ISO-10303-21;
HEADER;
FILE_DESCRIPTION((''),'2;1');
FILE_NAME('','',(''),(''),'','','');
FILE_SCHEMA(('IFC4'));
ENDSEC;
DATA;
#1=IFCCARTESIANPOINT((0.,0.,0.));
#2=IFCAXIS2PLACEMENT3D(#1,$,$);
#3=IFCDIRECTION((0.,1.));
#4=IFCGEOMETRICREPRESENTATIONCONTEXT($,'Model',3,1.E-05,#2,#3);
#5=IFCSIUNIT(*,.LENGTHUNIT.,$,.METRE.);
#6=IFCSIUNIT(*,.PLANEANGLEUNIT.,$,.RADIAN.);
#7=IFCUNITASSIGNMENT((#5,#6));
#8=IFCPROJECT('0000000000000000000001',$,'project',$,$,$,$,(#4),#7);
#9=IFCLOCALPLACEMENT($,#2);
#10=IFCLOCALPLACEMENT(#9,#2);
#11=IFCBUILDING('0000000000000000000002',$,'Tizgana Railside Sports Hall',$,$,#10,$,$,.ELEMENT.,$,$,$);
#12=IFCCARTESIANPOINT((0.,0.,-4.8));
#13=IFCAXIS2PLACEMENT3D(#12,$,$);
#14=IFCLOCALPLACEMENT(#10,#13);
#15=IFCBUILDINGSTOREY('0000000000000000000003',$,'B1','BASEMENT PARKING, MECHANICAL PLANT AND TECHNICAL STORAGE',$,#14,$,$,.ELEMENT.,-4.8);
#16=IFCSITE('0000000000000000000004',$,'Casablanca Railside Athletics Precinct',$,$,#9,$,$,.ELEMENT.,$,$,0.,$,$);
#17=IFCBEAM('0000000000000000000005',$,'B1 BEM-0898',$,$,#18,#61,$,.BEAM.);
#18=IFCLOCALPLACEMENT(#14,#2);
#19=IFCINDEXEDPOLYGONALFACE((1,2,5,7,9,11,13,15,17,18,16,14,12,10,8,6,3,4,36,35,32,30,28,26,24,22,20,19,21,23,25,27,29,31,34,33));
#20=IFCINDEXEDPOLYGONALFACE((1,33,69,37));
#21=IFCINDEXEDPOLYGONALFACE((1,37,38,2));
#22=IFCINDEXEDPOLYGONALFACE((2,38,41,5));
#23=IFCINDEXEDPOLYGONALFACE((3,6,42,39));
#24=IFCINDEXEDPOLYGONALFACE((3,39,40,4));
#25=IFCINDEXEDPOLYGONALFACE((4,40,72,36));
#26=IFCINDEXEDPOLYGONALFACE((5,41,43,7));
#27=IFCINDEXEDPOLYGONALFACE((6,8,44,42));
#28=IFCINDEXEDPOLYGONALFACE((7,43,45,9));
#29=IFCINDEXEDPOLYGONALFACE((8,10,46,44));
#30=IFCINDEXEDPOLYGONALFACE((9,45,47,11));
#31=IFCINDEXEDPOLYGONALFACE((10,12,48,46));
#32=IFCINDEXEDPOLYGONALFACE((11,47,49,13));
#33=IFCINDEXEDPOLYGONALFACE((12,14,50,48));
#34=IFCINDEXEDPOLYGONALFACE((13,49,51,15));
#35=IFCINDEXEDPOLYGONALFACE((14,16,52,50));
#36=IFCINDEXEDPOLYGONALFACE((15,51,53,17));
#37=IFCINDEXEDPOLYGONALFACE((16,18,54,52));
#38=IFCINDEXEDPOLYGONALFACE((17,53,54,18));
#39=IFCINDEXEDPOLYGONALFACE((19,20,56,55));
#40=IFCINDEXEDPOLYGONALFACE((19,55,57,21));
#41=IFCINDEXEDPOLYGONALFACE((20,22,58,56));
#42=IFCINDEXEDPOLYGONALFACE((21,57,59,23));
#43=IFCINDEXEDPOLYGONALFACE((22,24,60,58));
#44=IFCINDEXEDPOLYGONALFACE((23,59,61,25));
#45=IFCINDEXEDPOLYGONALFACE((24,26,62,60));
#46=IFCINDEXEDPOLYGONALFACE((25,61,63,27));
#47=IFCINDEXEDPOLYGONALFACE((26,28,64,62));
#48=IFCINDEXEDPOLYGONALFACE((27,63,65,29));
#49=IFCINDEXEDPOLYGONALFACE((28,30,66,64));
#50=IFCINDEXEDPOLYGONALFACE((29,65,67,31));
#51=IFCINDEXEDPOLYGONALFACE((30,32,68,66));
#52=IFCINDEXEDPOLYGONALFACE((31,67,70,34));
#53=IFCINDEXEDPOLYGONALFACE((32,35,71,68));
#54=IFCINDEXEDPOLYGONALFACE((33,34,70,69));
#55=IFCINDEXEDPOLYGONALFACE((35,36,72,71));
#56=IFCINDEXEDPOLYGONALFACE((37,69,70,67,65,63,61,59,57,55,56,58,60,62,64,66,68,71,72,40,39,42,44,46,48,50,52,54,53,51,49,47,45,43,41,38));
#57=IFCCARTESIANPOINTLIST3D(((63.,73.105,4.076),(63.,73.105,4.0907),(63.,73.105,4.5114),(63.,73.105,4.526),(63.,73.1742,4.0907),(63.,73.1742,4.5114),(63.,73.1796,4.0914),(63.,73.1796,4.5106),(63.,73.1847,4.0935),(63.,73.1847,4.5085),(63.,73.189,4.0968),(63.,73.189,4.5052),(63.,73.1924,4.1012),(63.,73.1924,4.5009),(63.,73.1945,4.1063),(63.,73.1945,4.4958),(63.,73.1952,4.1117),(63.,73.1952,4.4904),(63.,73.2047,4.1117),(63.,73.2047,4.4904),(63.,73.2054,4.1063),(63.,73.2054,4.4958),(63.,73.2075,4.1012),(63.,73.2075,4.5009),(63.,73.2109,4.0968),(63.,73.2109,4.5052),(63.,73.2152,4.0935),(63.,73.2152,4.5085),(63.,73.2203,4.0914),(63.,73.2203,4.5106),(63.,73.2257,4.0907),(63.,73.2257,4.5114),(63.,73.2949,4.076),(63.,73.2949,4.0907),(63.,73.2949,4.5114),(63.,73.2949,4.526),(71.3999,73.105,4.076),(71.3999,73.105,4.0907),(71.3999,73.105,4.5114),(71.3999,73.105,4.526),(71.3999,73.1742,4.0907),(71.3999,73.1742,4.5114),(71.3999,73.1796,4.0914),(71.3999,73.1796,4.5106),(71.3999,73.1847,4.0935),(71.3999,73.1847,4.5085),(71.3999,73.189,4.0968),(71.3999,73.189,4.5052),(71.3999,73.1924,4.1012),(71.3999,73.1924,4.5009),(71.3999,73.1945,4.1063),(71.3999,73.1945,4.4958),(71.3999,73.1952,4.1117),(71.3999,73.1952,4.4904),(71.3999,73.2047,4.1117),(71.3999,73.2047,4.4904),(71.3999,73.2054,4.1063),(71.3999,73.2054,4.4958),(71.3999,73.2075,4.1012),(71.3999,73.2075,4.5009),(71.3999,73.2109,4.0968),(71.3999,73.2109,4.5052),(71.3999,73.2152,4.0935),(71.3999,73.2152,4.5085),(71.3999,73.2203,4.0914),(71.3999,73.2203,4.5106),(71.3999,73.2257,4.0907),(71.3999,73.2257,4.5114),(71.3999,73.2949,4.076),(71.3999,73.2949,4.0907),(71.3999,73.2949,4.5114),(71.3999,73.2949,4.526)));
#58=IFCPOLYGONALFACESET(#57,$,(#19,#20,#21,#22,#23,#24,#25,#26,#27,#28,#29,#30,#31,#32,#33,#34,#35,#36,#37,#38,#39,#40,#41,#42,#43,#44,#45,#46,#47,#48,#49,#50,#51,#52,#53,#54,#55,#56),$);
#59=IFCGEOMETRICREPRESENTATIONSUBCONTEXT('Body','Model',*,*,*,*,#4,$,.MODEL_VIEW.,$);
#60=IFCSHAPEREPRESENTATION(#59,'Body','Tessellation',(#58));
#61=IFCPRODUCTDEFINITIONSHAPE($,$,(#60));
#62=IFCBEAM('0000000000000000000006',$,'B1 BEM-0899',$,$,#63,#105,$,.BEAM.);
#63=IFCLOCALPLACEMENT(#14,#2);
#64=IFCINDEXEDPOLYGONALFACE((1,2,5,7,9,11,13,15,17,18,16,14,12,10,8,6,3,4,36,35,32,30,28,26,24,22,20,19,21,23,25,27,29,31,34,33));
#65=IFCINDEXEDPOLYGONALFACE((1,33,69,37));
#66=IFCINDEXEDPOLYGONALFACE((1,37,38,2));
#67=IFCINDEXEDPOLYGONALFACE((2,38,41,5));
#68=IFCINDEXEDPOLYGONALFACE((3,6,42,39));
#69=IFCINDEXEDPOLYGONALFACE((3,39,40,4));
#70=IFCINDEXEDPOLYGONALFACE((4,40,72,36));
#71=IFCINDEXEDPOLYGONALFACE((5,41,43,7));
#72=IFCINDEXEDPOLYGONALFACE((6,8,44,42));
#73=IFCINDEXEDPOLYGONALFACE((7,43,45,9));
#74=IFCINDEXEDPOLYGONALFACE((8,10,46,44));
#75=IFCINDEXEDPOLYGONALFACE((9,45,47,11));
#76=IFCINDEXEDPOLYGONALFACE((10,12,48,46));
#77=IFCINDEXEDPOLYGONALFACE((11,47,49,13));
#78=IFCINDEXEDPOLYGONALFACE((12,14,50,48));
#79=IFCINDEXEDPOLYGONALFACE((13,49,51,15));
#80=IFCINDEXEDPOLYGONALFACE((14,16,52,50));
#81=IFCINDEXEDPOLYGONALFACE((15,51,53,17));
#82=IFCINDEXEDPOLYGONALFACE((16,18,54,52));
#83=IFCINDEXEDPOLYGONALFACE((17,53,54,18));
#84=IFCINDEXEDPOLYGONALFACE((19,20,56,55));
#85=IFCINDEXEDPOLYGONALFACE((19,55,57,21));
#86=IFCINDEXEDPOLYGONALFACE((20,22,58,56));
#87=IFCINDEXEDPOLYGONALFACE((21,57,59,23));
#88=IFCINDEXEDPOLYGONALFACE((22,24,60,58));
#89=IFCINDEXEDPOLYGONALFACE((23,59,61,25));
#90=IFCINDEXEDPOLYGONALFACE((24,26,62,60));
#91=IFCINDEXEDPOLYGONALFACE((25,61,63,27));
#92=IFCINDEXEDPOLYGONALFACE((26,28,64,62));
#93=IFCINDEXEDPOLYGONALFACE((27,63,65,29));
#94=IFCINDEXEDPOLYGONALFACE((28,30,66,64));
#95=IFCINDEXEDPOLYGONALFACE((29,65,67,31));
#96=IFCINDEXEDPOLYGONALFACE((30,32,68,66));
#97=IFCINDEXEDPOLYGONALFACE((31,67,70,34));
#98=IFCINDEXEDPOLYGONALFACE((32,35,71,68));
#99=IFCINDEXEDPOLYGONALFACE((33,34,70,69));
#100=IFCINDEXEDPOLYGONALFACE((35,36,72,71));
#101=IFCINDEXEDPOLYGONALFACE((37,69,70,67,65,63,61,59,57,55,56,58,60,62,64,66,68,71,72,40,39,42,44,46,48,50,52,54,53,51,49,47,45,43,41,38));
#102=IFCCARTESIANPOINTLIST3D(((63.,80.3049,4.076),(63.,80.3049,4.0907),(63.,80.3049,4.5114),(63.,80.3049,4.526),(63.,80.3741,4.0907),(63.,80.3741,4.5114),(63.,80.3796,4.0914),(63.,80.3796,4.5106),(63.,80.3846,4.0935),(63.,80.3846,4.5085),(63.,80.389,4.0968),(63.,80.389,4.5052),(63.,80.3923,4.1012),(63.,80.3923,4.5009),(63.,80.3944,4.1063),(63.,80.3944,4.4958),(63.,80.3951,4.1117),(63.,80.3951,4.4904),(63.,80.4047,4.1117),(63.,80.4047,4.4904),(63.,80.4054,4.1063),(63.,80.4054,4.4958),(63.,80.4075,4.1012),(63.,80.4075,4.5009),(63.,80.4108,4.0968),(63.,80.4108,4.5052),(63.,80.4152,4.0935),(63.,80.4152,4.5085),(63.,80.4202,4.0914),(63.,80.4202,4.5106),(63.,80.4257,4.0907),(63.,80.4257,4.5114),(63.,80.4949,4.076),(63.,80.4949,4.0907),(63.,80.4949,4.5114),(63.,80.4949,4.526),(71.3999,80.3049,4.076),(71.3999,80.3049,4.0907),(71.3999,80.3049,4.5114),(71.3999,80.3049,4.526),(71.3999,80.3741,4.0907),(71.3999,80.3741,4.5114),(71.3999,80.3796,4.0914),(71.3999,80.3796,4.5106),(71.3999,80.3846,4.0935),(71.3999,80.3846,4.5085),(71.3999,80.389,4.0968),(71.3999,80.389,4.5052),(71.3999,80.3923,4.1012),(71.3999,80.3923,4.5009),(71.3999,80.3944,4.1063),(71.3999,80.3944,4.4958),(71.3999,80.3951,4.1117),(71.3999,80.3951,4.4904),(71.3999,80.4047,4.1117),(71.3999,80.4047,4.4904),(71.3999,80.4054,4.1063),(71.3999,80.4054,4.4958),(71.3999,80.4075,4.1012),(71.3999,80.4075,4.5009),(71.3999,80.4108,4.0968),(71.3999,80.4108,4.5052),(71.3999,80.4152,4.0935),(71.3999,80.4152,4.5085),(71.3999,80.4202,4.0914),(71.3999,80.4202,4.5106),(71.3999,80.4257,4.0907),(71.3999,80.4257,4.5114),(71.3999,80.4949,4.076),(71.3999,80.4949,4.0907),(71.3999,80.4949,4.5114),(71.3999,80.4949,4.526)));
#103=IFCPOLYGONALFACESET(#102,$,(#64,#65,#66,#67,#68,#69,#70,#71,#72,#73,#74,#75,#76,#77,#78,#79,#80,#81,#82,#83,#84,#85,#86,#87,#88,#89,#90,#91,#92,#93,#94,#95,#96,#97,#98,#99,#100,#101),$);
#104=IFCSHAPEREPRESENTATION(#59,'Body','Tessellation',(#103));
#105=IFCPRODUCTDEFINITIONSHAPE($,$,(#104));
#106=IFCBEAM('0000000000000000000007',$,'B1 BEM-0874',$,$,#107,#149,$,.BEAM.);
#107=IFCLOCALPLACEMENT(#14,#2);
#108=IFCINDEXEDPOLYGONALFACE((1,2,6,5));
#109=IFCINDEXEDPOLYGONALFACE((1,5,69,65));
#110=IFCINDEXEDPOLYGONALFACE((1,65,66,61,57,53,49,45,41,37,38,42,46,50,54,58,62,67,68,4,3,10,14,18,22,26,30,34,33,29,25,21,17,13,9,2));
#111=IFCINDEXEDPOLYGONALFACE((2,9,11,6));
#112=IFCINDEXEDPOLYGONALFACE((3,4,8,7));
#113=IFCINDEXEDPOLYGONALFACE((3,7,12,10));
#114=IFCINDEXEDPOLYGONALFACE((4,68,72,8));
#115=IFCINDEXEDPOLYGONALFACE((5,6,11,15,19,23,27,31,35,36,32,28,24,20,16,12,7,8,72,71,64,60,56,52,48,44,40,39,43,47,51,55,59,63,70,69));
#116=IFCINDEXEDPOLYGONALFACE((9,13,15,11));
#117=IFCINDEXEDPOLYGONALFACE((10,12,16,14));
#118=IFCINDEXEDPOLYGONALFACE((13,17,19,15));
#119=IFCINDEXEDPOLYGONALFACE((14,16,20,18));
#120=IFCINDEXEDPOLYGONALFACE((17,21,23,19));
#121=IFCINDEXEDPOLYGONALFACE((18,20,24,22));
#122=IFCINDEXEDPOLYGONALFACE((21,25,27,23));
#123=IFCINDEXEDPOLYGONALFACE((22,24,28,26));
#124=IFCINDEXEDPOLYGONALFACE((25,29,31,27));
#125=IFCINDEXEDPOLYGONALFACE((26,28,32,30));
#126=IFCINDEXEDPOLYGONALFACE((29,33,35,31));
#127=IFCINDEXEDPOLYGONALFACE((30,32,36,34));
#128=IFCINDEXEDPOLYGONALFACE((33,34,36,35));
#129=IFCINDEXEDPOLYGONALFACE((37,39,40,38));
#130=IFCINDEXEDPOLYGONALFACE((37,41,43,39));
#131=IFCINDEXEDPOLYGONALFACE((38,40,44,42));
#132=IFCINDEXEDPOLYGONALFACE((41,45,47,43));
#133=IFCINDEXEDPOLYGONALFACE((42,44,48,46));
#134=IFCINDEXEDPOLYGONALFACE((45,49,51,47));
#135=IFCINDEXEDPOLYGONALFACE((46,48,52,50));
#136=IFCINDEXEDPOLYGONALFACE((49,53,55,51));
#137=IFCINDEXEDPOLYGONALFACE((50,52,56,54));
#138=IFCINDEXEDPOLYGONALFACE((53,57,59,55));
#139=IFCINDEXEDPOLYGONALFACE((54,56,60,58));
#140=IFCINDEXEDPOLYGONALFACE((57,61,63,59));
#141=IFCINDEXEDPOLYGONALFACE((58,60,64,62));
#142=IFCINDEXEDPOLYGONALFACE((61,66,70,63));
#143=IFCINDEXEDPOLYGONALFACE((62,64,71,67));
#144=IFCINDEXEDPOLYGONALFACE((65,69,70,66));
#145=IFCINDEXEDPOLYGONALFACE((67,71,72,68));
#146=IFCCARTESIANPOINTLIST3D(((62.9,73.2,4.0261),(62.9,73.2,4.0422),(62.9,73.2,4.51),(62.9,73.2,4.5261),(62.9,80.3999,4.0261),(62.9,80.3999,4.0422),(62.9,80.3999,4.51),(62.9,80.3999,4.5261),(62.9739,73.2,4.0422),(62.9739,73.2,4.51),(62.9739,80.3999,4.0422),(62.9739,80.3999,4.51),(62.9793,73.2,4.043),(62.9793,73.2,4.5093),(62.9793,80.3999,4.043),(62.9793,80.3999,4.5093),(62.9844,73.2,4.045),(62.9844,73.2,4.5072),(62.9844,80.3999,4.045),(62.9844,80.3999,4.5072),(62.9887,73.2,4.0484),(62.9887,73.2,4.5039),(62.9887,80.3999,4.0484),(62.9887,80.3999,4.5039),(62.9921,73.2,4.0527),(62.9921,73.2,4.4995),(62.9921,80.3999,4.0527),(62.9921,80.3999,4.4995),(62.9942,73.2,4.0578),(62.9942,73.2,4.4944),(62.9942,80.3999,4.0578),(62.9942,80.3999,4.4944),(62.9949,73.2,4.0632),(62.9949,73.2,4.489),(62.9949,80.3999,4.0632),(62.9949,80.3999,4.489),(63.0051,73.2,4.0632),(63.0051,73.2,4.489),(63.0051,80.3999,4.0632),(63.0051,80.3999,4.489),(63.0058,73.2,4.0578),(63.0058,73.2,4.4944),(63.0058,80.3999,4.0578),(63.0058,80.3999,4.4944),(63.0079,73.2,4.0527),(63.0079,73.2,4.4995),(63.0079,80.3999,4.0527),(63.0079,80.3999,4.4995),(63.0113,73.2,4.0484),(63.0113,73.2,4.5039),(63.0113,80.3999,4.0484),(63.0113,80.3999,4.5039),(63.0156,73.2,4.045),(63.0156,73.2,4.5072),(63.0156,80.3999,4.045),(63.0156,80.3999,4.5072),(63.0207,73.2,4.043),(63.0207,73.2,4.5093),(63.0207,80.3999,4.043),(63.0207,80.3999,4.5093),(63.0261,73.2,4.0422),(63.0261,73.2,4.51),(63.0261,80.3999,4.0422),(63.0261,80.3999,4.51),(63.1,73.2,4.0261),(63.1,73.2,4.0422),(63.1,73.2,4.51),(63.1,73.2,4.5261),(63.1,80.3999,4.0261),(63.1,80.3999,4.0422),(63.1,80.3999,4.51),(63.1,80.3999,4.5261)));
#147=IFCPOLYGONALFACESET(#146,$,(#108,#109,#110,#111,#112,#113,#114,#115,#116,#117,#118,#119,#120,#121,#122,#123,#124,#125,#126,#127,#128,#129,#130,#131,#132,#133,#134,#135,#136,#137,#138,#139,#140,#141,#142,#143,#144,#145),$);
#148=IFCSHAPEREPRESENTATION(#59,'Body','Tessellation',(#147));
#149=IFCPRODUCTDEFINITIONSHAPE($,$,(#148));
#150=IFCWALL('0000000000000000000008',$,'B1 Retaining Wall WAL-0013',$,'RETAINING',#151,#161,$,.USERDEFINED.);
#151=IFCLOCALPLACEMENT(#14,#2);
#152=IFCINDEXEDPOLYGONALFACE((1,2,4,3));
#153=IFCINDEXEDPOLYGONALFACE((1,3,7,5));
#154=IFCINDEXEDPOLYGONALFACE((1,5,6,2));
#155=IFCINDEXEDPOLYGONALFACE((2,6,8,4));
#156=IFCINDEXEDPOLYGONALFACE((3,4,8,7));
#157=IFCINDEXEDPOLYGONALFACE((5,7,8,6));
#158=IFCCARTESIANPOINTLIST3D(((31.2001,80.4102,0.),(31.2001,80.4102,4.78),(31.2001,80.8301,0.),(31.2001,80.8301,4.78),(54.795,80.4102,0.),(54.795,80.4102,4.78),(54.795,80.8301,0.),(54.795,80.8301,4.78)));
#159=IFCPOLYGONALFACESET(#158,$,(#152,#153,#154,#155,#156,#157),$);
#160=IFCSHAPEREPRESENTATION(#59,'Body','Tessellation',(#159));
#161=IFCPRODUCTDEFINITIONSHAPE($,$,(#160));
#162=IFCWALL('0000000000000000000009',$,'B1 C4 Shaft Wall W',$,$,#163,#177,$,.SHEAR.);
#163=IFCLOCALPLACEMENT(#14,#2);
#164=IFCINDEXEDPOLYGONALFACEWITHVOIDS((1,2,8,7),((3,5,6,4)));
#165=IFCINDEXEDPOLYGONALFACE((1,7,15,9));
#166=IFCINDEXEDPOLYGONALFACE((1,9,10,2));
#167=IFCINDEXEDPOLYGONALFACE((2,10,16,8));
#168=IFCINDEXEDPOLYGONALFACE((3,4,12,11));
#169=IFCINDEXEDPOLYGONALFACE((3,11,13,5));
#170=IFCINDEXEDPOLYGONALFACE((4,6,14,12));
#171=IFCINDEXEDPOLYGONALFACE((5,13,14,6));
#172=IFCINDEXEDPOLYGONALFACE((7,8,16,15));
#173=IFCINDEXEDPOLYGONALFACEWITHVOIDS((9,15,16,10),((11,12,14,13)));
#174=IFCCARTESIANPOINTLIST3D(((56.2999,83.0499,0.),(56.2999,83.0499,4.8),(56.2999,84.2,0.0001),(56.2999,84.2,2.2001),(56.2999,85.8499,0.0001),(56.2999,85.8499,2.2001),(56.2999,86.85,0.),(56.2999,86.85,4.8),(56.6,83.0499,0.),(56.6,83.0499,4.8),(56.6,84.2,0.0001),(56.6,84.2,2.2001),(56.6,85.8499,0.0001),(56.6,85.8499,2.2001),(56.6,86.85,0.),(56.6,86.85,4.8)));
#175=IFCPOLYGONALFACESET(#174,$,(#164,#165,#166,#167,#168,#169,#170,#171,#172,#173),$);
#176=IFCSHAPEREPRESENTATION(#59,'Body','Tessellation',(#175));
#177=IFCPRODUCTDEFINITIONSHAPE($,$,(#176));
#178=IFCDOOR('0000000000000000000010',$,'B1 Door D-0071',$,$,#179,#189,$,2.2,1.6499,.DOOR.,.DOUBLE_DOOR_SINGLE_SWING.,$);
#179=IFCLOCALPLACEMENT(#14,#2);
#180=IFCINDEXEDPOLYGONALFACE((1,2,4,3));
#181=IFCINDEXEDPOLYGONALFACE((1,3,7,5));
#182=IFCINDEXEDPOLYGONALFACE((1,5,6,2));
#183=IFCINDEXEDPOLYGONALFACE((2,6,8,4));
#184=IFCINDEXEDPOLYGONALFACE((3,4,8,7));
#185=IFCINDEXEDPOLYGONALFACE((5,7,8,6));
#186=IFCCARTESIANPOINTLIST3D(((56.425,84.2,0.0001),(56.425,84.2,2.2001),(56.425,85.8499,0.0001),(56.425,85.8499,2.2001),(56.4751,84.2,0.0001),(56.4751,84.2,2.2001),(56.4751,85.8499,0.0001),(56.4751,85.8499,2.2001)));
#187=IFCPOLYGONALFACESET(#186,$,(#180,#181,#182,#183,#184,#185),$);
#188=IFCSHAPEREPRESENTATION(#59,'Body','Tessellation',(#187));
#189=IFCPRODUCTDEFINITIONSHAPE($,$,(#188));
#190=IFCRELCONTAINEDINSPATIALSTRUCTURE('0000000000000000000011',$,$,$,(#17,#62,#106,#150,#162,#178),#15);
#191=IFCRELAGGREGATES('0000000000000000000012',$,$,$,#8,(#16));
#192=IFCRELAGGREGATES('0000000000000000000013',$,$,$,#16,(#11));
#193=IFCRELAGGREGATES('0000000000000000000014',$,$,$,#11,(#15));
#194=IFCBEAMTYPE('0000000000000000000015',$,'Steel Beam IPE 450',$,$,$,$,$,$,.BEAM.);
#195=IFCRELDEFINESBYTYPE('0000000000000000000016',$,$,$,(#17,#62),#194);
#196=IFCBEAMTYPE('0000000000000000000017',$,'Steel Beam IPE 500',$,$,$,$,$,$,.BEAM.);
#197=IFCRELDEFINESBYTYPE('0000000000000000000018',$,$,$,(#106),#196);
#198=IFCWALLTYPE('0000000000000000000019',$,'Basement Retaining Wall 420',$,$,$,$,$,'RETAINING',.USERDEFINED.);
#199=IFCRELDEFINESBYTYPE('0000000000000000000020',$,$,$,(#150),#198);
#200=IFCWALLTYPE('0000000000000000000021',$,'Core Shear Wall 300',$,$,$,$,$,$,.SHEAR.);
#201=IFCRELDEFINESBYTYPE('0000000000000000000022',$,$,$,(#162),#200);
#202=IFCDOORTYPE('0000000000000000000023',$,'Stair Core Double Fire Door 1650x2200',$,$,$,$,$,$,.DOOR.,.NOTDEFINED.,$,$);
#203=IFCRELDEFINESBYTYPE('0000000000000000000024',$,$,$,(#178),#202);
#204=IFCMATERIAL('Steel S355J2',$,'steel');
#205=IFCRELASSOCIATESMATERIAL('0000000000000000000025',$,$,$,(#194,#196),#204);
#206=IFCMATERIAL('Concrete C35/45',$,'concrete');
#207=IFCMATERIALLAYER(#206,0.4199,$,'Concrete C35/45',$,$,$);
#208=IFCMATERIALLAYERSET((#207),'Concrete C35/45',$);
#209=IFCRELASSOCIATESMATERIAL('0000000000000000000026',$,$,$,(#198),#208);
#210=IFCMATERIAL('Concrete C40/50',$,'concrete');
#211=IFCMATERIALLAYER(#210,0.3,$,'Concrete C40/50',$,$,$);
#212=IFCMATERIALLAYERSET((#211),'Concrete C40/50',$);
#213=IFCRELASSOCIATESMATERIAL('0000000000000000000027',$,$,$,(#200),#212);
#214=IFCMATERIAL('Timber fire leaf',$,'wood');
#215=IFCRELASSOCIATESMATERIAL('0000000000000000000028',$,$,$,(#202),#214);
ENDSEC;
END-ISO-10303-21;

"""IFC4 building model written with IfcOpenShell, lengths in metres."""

from ifc_helpers import new_model, si_unit, direction, frame, frame_2d, origin, origin_2d, place, context, subcontext, project, spatial, rectangle, i_section, extrude, material, layer, layer_set, material_profile, profile_set, type_object, element, fill, save


model = new_model("IFC4")

# Units and contexts
model_context = context("Model", 3, precision=1e-05, world=origin(), true_north=direction((0.0, 1.0)))
body_context = subcontext(model_context, "Body", "Model", "MODEL_VIEW")
ifc_project = project(units=[si_unit("LENGTHUNIT", "METRE"), si_unit("PLANEANGLEUNIT", "RADIAN")], contexts=[model_context])

# Site, building, storey
site_placement = place(None, origin())
site = spatial("IfcSite", under=ifc_project, at=site_placement, Name="Casablanca Railside Athletics Precinct", CompositionType="ELEMENT", RefElevation=0.0)
building_placement = place(site_placement, origin())
building = spatial("IfcBuilding", under=site, at=building_placement, Name="Tizgana Railside Sports Hall", CompositionType="ELEMENT")
storey_placement = place(building_placement, frame((0.0, 0.0, -4.8)))
storey = spatial("IfcBuildingStorey", under=building, at=storey_placement, Name="B1", Description="BASEMENT PARKING, MECHANICAL PLANT AND TECHNICAL STORAGE", CompositionType="ELEMENT", Elevation=-4.8)

# Shared definitions
ifc_material_1 = material(Name="Concrete C35/45", Category="concrete")

# Shared definitions
ifc_material_2 = material(Name="Concrete C40/50", Category="concrete")

# Beams
ifc_material_3 = material(Name="Steel S355J2", Category="steel")
ifc_material_profile_1 = material_profile(ifc_material_3, i_section(OverallWidth=0.1899, OverallDepth=0.45, WebThickness=0.0095, FlangeThickness=0.0146, FilletRadius=0.021, at=origin_2d()), Name="IPE 450")
ifc_profile_set_1 = profile_set([ifc_material_profile_1], Name="Steel S355J2")
beam_type_1 = type_object("IfcBeamType", Name="Steel Beam IPE 450", PredefinedType="BEAM", material=ifc_profile_set_1)
for number, where, z_axis, x_axis, name in (
    (1, (63.0, 73.2, 4.301), (1.0, 0.0, 0.0), (0.0, 1.0, 0.0), "B1 BEM-0898"),
    (2, (63.0, 80.3999, 4.301), (1.0, 0.0, 0.0), (0.0, 1.0, 0.0), "B1 BEM-0899"),
):
    element("IfcBeam", number, at=place(storey_placement, frame(where, z_axis=z_axis, x_axis=x_axis)), inside=storey, type_object=beam_type_1, Name=name, PredefinedType="BEAM", context=body_context, shape_type="SweptSolid", body=[
        extrude(i_section(OverallWidth=0.1899, OverallDepth=0.45, WebThickness=0.0095, FlangeThickness=0.0146, FilletRadius=0.021, at=origin_2d()), origin(), (0.0, 0.0, 1.0), 8.3999),
    ])
ifc_material_profile_2 = material_profile(ifc_material_3, i_section(OverallWidth=0.2, OverallDepth=0.5, WebThickness=0.0103, FlangeThickness=0.0161, FilletRadius=0.021, at=origin_2d()), Name="IPE 500")
ifc_profile_set_2 = profile_set([ifc_material_profile_2], Name="Steel S355J2")
beam_type_2 = type_object("IfcBeamType", Name="Steel Beam IPE 500", PredefinedType="BEAM", material=ifc_profile_set_2)
beam_1_placement = place(storey_placement, frame((63.0, 73.2, 4.2761), z_axis=(0.0, 1.0, 0.0), x_axis=(-1.0, 0.0, 0.0)))
element("IfcBeam", 3, at=beam_1_placement, inside=storey, type_object=beam_type_2, Name="B1 BEM-0874", PredefinedType="BEAM", context=body_context, shape_type="SweptSolid", body=[
    extrude(i_section(OverallWidth=0.2, OverallDepth=0.5, WebThickness=0.0103, FlangeThickness=0.0161, FilletRadius=0.021, at=origin_2d()), origin(), (0.0, 0.0, 1.0), 7.2),
])

# Wall
ifc_layer_1 = layer(ifc_material_1, 0.4199, Name="Concrete C35/45")
ifc_layer_set_1 = layer_set([ifc_layer_1], Name="Concrete C35/45")
wall_type_1 = type_object("IfcWallType", Name="Basement Retaining Wall 420", ElementType="RETAINING", PredefinedType="USERDEFINED", material=ifc_layer_set_1)
wall_1_placement = place(storey_placement, frame((54.7949, 80.6201, 0.0), z_axis=(0.0, 0.0, 1.0), x_axis=(-1.0, 0.0, 0.0)))
element("IfcWall", 4, at=wall_1_placement, inside=storey, type_object=wall_type_1, Name="B1 Retaining Wall WAL-0013", ObjectType="RETAINING", PredefinedType="USERDEFINED", context=body_context, shape_type="SweptSolid", body=[
    extrude(rectangle(XDim=23.595, YDim=0.4199, at=frame_2d((11.7974, 0.0))), origin(), (0.0, 0.0, 1.0), 4.78),
])

# Wall, opening, door
ifc_layer_2 = layer(ifc_material_2, 0.3, Name="Concrete C40/50")
ifc_layer_set_2 = layer_set([ifc_layer_2], Name="Concrete C40/50")
wall_type_2 = type_object("IfcWallType", Name="Core Shear Wall 300", PredefinedType="SHEAR", material=ifc_layer_set_2)
wall_2_placement = place(storey_placement, frame((56.45, 83.05, 0.0), z_axis=(0.0, 0.0, 1.0), x_axis=(0.0, 1.0, 0.0)))
wall_2 = element("IfcWall", 5, at=wall_2_placement, inside=storey, type_object=wall_type_2, Name="B1 C4 Shaft Wall W", PredefinedType="SHEAR", context=body_context, shape_type="SweptSolid", body=[
    extrude(rectangle(XDim=3.8, YDim=0.3, at=frame_2d((1.8999, 0.0))), origin(), (0.0, 0.0, 1.0), 4.8),
])
opening_1_placement = place(wall_2_placement, frame((1.1499, 0.0, 0.0)))
opening_1 = element("IfcOpeningElement", 6, at=opening_1_placement, cuts=wall_2, PredefinedType="OPENING", context=body_context, shape_type="SweptSolid", body=[
    extrude(rectangle(XDim=1.6499, YDim=2.2, at=frame_2d((0.825, 1.1001))), frame((0.0, 0.1599, 0.0), z_axis=(0.0, -1.0, 0.0), x_axis=(1.0, 0.0, 0.0)), (0.0, 0.0, 1.0), 0.3201),
])
ifc_material_4 = material(Name="Timber fire leaf", Category="wood")
door_type = type_object("IfcDoorType", Name="Stair Core Double Fire Door 1650x2200", OperationType="NOTDEFINED", PredefinedType="DOOR", material=ifc_material_4)
door_1_placement = place(opening_1_placement, origin())
door_1 = element("IfcDoor", 7, at=door_1_placement, inside=storey, type_object=door_type, Name="B1 Door D-0071", OperationType="DOUBLE_DOOR_SINGLE_SWING", OverallHeight=2.2, OverallWidth=1.6499, PredefinedType="DOOR", context=body_context, shape_type="SweptSolid", body=[
    extrude(rectangle(XDim=1.6499, YDim=2.2, at=frame_2d((0.825, 1.1001))), frame((0.0, 0.0249, 0.0), z_axis=(0.0, -1.0, 0.0), x_axis=(1.0, 0.0, 0.0)), (0.0, 0.0, 1.0), 0.05),
])
fill(opening_1, door_1)

save(model, "model.ifc")
